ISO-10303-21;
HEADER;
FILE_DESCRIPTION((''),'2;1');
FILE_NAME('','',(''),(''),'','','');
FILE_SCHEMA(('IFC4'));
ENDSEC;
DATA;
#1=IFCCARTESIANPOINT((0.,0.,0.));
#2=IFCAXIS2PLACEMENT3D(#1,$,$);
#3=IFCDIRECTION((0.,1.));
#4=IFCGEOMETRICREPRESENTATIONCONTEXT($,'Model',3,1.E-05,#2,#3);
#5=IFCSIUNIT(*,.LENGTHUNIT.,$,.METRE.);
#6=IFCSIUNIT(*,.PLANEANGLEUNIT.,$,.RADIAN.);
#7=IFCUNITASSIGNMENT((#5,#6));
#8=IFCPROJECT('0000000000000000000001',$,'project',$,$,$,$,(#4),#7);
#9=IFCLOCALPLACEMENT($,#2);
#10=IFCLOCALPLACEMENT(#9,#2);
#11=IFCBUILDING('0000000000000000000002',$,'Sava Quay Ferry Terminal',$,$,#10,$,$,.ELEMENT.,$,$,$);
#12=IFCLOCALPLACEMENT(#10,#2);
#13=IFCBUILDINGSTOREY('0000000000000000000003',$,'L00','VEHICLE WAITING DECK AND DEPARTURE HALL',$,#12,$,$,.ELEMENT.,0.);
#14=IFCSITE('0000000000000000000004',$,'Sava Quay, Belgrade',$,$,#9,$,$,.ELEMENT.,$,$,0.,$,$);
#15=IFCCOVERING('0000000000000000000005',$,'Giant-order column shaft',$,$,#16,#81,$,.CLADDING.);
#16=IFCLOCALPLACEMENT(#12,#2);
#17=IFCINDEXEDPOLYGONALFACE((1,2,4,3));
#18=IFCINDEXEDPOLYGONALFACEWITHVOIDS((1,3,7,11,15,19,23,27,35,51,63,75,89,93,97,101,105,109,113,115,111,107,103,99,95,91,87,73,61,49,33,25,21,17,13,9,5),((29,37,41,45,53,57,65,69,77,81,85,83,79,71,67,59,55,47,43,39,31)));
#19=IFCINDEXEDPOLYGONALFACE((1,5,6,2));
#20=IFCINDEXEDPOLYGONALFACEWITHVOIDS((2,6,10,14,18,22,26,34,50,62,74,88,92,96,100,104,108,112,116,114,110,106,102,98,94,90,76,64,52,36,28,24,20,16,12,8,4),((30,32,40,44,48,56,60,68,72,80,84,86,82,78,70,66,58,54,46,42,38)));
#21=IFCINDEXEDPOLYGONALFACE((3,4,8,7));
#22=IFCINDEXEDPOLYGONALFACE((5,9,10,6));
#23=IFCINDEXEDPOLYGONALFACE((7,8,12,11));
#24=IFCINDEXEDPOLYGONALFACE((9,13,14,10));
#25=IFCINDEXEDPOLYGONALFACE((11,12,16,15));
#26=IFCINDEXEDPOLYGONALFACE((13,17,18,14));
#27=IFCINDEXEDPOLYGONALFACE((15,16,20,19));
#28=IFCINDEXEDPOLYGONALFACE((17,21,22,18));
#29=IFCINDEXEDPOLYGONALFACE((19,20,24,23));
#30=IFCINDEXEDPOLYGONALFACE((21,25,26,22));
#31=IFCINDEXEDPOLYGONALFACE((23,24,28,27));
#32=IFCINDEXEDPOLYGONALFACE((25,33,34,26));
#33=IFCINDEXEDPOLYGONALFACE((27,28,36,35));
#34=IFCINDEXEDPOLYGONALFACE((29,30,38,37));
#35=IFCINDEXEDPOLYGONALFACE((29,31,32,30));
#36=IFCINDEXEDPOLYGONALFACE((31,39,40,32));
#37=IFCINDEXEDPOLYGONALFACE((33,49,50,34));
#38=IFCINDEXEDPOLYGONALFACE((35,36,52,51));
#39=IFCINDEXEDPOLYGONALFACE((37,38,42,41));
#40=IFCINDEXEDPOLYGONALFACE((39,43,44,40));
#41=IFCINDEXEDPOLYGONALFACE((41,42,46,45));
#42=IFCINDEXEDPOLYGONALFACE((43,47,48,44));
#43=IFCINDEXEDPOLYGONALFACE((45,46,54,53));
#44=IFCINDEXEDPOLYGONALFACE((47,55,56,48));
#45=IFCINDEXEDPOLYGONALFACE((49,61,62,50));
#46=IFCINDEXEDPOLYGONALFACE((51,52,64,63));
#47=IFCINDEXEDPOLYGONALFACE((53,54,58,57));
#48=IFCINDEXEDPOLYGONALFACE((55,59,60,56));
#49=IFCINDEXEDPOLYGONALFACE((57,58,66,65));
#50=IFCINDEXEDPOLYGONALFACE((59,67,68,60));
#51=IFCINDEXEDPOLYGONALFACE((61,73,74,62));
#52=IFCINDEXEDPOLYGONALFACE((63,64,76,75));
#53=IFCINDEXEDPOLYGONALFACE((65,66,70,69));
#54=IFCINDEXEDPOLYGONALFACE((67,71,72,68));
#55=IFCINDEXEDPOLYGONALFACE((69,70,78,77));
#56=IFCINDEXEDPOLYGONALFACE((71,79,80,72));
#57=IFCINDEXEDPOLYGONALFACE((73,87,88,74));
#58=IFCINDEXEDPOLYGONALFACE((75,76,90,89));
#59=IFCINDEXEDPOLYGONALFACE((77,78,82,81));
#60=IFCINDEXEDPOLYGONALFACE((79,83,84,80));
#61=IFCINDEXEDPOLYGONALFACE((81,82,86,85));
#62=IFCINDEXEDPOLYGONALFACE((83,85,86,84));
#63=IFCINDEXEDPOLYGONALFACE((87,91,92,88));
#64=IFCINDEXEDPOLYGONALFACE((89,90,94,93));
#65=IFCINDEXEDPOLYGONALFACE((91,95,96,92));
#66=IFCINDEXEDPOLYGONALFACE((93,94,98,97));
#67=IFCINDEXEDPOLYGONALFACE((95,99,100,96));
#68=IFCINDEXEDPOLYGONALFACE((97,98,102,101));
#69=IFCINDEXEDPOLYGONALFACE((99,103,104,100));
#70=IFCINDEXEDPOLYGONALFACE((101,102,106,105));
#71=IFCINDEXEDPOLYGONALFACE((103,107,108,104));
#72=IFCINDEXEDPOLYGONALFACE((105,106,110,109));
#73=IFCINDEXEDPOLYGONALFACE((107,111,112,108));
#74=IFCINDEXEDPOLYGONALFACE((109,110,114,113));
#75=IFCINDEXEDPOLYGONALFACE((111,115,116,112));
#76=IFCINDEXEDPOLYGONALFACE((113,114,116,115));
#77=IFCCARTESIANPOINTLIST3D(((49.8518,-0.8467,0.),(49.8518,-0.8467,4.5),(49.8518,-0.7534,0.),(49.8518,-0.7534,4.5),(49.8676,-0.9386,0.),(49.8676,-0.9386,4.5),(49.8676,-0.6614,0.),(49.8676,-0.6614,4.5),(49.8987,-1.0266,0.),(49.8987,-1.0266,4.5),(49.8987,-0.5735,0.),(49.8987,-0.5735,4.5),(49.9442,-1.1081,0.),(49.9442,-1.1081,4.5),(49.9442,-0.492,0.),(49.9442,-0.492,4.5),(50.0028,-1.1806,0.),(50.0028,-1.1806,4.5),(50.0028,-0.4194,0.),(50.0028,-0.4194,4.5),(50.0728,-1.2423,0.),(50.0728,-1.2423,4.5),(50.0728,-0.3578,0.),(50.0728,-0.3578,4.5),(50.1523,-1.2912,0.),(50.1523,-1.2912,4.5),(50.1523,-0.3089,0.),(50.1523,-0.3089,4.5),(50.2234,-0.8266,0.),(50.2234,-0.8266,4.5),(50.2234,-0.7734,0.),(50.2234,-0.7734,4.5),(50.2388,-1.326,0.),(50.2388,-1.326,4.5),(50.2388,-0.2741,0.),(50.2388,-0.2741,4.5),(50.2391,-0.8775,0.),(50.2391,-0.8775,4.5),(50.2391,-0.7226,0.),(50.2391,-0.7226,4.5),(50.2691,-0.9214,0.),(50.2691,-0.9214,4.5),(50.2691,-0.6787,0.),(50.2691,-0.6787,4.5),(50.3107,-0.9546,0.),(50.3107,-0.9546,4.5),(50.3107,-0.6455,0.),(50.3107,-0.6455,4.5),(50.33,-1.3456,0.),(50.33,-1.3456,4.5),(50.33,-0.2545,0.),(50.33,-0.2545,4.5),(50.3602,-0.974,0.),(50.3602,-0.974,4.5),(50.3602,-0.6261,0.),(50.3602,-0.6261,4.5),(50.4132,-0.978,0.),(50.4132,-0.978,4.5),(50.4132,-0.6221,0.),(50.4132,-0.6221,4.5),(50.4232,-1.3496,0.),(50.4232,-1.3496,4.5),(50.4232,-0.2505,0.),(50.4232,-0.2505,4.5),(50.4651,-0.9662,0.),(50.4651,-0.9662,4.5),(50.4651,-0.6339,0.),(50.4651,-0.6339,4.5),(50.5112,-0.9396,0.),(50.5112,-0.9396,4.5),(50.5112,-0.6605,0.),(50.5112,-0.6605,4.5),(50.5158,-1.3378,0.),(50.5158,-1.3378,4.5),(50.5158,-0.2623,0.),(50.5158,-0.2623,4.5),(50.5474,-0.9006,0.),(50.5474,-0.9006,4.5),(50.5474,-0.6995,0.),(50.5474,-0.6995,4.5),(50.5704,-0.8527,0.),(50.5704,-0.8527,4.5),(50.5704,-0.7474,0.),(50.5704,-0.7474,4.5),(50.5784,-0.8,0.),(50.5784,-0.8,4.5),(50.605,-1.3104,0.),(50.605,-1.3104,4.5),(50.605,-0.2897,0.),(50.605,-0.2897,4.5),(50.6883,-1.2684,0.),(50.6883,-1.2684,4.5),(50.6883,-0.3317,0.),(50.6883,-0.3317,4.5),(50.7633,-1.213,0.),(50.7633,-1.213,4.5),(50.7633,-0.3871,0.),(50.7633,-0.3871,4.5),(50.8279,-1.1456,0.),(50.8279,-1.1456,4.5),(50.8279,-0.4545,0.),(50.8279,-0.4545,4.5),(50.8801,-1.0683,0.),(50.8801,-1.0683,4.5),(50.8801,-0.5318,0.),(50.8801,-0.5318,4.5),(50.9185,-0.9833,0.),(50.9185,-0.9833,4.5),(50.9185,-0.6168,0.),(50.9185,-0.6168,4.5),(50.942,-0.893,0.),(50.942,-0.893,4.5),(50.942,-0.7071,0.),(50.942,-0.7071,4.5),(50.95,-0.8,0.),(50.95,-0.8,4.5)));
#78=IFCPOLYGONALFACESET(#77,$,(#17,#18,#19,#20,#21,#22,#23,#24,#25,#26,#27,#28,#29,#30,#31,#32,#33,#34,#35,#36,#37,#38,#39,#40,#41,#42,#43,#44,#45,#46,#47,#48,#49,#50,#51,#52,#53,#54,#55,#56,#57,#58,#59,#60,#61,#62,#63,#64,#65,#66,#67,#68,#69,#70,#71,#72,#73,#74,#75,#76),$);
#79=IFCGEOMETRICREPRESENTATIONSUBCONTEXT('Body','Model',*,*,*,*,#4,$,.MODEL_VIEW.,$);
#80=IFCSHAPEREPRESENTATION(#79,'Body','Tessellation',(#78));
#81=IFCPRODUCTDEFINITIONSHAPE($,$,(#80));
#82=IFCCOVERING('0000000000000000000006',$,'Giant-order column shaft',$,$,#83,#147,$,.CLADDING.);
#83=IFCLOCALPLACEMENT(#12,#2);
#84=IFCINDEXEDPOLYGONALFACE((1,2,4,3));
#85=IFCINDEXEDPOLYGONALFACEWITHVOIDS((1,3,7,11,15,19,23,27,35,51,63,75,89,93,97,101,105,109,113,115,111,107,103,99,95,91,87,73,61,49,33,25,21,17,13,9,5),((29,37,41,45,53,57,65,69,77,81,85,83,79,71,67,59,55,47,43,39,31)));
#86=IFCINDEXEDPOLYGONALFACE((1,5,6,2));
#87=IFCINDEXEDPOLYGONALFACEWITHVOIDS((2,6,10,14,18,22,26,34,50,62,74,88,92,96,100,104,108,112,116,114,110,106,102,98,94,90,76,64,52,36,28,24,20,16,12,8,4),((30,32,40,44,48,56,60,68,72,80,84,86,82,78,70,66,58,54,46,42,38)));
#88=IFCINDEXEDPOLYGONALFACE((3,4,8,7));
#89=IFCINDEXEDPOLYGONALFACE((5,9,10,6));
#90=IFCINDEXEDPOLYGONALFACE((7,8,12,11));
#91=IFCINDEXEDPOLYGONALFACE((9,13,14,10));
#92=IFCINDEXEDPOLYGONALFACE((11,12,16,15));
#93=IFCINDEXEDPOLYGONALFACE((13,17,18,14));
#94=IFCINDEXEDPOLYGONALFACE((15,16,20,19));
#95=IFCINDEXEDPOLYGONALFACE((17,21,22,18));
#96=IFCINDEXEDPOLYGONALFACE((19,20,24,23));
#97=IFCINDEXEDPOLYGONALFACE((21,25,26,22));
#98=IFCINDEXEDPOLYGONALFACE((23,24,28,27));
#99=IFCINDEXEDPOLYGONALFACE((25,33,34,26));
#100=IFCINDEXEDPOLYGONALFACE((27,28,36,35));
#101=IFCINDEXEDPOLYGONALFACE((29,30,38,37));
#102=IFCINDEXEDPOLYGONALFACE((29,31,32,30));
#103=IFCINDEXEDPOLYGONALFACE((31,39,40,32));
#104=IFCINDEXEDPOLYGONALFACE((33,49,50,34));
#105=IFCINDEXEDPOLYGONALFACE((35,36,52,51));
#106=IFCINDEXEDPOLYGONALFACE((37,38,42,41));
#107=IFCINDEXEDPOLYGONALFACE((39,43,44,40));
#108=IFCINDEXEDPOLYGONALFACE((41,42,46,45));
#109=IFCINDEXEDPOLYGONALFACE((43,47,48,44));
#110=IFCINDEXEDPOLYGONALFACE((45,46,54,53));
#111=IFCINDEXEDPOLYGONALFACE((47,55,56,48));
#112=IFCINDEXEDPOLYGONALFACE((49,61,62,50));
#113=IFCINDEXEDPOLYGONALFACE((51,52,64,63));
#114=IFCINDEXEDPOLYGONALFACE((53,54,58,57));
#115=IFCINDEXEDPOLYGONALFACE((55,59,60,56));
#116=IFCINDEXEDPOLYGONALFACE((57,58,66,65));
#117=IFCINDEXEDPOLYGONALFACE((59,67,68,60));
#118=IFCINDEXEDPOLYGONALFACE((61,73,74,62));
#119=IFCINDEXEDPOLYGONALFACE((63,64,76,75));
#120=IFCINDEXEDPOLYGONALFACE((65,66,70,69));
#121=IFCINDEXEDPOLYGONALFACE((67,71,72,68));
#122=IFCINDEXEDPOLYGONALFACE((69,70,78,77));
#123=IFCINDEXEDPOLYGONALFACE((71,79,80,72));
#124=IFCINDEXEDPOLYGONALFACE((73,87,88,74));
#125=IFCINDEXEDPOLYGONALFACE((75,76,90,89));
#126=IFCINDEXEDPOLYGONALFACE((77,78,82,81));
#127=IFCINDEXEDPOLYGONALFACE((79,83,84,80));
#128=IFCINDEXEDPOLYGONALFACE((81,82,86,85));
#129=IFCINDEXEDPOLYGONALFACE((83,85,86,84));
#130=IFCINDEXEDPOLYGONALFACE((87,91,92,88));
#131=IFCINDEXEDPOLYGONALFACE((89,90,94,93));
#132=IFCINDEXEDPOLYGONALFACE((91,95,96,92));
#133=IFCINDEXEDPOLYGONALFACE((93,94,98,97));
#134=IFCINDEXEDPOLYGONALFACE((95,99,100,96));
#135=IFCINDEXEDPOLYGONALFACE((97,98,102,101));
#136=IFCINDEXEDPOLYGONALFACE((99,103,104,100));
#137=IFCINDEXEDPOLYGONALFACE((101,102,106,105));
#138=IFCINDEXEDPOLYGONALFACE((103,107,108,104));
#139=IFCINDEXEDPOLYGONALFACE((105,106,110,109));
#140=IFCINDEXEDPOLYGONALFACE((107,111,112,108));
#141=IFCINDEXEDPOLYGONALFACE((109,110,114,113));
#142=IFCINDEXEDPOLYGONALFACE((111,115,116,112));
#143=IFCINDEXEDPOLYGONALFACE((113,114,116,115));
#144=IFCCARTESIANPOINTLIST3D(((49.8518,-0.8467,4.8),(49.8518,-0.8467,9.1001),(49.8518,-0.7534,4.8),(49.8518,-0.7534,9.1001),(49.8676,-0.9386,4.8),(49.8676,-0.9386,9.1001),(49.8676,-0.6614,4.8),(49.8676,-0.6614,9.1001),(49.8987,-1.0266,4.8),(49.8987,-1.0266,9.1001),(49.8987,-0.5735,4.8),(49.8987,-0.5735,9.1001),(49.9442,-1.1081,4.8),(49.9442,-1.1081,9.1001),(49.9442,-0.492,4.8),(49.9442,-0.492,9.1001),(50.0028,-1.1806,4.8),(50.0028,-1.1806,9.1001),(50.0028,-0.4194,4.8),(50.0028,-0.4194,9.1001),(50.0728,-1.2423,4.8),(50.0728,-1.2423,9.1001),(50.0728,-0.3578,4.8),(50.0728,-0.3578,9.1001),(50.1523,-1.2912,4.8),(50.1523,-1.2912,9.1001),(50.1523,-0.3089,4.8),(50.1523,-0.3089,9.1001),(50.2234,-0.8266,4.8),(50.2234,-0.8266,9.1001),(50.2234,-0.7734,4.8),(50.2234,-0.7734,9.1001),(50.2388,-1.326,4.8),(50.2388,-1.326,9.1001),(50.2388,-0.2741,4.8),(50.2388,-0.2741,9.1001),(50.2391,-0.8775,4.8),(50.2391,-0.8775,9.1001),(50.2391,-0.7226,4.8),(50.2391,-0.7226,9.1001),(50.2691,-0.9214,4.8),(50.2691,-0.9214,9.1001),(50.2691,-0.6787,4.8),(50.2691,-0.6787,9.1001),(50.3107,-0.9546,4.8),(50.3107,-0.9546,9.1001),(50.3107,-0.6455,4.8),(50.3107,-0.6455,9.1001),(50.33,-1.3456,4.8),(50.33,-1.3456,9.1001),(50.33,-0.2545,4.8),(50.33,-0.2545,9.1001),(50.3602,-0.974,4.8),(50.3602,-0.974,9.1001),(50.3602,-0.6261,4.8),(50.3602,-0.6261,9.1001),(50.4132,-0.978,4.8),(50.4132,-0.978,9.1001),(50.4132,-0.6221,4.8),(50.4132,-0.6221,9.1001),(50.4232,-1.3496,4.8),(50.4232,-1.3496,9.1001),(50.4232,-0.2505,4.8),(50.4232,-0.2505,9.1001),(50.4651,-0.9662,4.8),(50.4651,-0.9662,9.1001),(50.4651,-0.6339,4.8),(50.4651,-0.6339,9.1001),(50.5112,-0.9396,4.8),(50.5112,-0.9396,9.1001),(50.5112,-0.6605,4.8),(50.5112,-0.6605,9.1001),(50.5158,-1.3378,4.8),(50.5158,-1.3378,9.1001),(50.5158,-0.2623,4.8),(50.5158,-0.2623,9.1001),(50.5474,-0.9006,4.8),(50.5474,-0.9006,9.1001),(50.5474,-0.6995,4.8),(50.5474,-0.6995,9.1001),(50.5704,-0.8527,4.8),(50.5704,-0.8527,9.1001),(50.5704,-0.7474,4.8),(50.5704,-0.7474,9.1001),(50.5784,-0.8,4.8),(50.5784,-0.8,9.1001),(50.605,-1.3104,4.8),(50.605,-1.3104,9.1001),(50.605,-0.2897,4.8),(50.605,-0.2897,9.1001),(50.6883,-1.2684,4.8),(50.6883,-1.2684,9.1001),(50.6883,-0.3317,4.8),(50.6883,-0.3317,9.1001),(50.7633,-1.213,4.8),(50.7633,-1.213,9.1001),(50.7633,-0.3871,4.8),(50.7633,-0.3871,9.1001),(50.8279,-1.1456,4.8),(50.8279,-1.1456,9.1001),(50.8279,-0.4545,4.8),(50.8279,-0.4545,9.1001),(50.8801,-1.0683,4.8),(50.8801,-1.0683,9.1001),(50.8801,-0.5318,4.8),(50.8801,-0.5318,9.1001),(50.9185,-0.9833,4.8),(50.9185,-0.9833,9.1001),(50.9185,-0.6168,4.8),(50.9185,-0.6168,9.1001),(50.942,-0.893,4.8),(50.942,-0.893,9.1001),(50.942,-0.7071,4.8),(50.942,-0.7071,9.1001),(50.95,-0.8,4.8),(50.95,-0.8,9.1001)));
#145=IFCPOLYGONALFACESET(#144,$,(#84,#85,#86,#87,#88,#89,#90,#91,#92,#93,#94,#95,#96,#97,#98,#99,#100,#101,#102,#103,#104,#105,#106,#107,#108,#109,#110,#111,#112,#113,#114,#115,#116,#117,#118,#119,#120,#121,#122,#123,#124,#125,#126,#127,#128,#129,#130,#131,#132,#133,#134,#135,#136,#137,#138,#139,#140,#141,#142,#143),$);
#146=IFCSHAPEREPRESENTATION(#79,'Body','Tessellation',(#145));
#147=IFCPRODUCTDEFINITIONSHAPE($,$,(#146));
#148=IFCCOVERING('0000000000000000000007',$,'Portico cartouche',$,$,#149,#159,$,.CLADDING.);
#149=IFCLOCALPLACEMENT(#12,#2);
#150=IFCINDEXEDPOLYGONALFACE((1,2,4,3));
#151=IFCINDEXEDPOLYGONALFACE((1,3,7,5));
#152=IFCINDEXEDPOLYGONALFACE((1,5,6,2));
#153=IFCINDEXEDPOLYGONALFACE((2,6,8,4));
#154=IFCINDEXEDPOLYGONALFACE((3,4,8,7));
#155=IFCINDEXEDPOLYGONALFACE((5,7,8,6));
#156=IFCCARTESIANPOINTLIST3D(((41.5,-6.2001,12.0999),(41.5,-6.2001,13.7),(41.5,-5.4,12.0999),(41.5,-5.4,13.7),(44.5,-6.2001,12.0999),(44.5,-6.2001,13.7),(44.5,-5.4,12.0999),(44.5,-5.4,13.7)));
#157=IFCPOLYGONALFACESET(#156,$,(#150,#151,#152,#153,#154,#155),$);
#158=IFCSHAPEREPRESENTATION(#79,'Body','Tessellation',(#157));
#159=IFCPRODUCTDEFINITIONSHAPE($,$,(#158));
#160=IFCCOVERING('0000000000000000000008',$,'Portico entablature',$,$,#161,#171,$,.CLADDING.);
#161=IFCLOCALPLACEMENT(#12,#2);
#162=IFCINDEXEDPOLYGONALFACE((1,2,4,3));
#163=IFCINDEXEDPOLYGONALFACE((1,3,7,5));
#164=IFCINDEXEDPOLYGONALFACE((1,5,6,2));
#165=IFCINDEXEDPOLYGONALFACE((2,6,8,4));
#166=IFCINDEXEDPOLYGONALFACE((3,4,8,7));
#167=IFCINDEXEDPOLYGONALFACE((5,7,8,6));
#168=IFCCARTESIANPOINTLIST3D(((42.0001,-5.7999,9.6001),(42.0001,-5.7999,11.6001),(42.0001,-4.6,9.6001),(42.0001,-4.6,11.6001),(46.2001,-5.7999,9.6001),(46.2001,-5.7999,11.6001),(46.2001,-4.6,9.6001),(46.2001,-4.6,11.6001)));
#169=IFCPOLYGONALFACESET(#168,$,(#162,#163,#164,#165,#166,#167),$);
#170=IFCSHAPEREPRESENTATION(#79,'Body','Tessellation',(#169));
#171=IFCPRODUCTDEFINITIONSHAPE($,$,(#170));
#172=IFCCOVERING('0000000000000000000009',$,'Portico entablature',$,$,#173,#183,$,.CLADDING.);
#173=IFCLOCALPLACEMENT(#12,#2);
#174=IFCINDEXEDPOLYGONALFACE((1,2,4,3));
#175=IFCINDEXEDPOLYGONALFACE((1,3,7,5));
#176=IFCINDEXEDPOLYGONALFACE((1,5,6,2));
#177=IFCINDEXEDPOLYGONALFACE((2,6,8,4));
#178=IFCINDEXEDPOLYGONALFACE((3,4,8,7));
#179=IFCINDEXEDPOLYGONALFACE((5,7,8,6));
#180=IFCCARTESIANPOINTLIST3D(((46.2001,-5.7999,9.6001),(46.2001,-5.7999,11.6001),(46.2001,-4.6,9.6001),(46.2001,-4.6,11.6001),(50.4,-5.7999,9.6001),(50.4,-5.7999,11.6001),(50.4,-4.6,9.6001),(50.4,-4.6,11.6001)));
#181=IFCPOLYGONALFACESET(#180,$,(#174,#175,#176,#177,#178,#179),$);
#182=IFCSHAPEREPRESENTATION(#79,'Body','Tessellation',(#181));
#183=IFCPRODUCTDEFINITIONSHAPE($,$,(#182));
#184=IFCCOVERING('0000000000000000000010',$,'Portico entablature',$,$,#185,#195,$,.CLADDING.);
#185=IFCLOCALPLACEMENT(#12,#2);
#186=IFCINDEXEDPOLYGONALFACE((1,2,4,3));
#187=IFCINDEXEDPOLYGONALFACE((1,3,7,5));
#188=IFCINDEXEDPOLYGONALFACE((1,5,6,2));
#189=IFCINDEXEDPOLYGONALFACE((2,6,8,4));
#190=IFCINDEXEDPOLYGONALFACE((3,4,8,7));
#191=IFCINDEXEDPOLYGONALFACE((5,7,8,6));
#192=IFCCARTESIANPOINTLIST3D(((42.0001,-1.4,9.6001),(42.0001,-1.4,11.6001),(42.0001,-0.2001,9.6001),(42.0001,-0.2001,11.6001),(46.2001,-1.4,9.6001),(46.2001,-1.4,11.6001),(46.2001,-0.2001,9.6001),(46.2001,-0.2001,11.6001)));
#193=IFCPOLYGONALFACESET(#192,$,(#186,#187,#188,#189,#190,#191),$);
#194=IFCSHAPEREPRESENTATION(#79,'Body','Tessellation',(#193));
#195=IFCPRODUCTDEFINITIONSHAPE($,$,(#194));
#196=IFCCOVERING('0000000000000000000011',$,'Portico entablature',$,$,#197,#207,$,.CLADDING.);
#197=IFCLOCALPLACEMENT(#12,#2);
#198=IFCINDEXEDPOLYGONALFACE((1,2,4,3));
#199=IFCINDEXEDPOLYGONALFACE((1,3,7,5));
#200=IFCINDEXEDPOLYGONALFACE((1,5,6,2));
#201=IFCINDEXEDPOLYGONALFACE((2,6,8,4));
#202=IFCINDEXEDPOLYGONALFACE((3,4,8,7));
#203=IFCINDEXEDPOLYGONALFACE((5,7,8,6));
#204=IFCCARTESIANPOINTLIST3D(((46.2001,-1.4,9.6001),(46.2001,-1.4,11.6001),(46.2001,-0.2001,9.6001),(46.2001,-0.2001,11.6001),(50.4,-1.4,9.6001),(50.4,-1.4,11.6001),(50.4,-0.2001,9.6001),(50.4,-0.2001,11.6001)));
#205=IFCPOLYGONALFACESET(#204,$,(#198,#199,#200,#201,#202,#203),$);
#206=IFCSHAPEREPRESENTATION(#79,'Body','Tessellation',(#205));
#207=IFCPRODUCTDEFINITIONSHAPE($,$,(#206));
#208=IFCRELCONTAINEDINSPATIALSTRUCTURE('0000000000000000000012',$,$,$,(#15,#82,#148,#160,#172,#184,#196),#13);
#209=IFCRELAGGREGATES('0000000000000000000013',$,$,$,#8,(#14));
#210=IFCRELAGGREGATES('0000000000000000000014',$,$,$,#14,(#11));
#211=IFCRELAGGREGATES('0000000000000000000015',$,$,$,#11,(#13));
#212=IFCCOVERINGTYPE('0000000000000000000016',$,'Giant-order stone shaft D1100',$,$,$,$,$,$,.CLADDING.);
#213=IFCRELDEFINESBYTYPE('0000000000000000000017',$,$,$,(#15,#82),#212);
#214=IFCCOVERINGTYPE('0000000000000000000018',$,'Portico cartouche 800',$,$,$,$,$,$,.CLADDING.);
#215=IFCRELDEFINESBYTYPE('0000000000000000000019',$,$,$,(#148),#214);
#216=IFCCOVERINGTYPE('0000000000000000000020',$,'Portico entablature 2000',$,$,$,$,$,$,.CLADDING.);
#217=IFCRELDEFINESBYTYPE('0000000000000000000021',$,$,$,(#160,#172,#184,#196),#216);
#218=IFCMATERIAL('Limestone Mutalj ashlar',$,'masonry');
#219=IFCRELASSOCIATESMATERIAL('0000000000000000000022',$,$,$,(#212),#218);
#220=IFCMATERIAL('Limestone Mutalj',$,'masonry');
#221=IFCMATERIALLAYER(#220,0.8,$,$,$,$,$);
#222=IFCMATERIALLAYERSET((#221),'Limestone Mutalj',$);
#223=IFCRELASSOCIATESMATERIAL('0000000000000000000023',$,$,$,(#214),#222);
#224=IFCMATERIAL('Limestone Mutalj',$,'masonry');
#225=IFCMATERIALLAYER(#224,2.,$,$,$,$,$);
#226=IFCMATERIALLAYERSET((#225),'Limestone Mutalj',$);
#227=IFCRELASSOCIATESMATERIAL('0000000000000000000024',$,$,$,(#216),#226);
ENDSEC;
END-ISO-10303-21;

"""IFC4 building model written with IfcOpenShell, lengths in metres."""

from ifc_helpers import new_model, si_unit, direction, frame, origin, origin_2d, place, context, subcontext, project, spatial, rectangle, hollow_circle, extrude, material, layer, layer_set, material_profile, profile_set, type_object, element, save


model = new_model("IFC4")

# Units and contexts
model_context = context("Model", 3, precision=1e-05, world=origin(), true_north=direction((0.0, 1.0)))
body_context = subcontext(model_context, "Body", "Model", "MODEL_VIEW")
ifc_project = project(units=[si_unit("LENGTHUNIT", "METRE"), si_unit("PLANEANGLEUNIT", "RADIAN")], contexts=[model_context])

# Site, building, storey
site_placement = place(None, origin())
site = spatial("IfcSite", under=ifc_project, at=site_placement, Name="Sava Quay, Belgrade", CompositionType="ELEMENT", RefElevation=0.0)
building_placement = place(site_placement, origin())
building = spatial("IfcBuilding", under=site, at=building_placement, Name="Sava Quay Ferry Terminal", CompositionType="ELEMENT")
storey_placement = place(building_placement, origin())
storey = spatial("IfcBuildingStorey", under=building, at=storey_placement, Name="L00", Description="VEHICLE WAITING DECK AND DEPARTURE HALL", CompositionType="ELEMENT", Elevation=0.0)

# Coverings
ifc_material_1 = material(Name="Limestone Mutalj ashlar", Category="masonry")
ifc_material_profile_1 = material_profile(ifc_material_1, hollow_circle(Radius=0.55, WallThickness=0.3716, at=origin_2d()), Name="Stone shaft D1100")
ifc_profile_set_1 = profile_set([ifc_material_profile_1], Name="Limestone Mutalj ashlar")
covering_type_1 = type_object("IfcCoveringType", Name="Giant-order stone shaft D1100", PredefinedType="CLADDING", material=ifc_profile_set_1)
covering_1_placement = place(storey_placement, frame((50.3999, -0.8, 0.0), z_axis=(0.0, 0.0, 1.0), x_axis=(1.0, 0.0, 0.0)))
element("IfcCovering", 1, at=covering_1_placement, inside=storey, type_object=covering_type_1, Name="Giant-order column shaft", PredefinedType="CLADDING", context=body_context, shape_type="SweptSolid", body=[
    extrude(hollow_circle(Radius=0.55, WallThickness=0.3716, at=origin_2d()), origin(), (0.0, 0.0, 1.0), 4.5),
])
covering_2_placement = place(storey_placement, frame((50.3999, -0.8, 4.8), z_axis=(0.0, 0.0, 1.0), x_axis=(1.0, 0.0, 0.0)))
element("IfcCovering", 2, at=covering_2_placement, inside=storey, type_object=covering_type_1, Name="Giant-order column shaft", PredefinedType="CLADDING", context=body_context, shape_type="SweptSolid", body=[
    extrude(hollow_circle(Radius=0.55, WallThickness=0.3716, at=origin_2d()), origin(), (0.0, 0.0, 1.0), 4.3),
])
ifc_material_2 = material(Name="Limestone Mutalj", Category="masonry")
ifc_layer_1 = layer(ifc_material_2, 0.8)
ifc_layer_set_1 = layer_set([ifc_layer_1], Name="Limestone Mutalj")
covering_type_2 = type_object("IfcCoveringType", Name="Portico cartouche 800", PredefinedType="CLADDING", material=ifc_layer_set_1)
covering_3_placement = place(storey_placement, frame((43.0, -5.8, 12.0999), z_axis=(0.0, 0.0, 1.0), x_axis=(1.0, 0.0, 0.0)))
element("IfcCovering", 3, at=covering_3_placement, inside=storey, type_object=covering_type_2, Name="Portico cartouche", PredefinedType="CLADDING", context=body_context, shape_type="SweptSolid", body=[
    extrude(rectangle(XDim=3.0, YDim=0.8, at=origin_2d()), origin(), (0.0, 0.0, 1.0), 1.6001),
])
ifc_material_3 = material(Name="Limestone Mutalj", Category="masonry")
ifc_layer_2 = layer(ifc_material_3, 2.0)
ifc_layer_set_2 = layer_set([ifc_layer_2], Name="Limestone Mutalj")
covering_type_3 = type_object("IfcCoveringType", Name="Portico entablature 2000", PredefinedType="CLADDING", material=ifc_layer_set_2)
for number, where, z_axis, x_axis, name in (
    (4, (44.1001, -5.2, 9.6001), (0.0, 0.0, 1.0), (1.0, 0.0, 0.0), "Portico entablature"),
    (5, (48.3, -5.2, 9.6001), (0.0, 0.0, 1.0), (1.0, 0.0, 0.0), "Portico entablature"),
    (6, (44.1001, -0.8, 9.6001), (0.0, 0.0, 1.0), (1.0, 0.0, 0.0), "Portico entablature"),
    (7, (48.3, -0.8, 9.6001), (0.0, 0.0, 1.0), (1.0, 0.0, 0.0), "Portico entablature"),
):
    element("IfcCovering", number, at=place(storey_placement, frame(where, z_axis=z_axis, x_axis=x_axis)), inside=storey, type_object=covering_type_3, Name=name, PredefinedType="CLADDING", context=body_context, shape_type="SweptSolid", body=[
        extrude(rectangle(XDim=4.2, YDim=1.2, at=origin_2d()), origin(), (0.0, 0.0, 1.0), 2.0),
    ])

save(model, "model.ifc")
